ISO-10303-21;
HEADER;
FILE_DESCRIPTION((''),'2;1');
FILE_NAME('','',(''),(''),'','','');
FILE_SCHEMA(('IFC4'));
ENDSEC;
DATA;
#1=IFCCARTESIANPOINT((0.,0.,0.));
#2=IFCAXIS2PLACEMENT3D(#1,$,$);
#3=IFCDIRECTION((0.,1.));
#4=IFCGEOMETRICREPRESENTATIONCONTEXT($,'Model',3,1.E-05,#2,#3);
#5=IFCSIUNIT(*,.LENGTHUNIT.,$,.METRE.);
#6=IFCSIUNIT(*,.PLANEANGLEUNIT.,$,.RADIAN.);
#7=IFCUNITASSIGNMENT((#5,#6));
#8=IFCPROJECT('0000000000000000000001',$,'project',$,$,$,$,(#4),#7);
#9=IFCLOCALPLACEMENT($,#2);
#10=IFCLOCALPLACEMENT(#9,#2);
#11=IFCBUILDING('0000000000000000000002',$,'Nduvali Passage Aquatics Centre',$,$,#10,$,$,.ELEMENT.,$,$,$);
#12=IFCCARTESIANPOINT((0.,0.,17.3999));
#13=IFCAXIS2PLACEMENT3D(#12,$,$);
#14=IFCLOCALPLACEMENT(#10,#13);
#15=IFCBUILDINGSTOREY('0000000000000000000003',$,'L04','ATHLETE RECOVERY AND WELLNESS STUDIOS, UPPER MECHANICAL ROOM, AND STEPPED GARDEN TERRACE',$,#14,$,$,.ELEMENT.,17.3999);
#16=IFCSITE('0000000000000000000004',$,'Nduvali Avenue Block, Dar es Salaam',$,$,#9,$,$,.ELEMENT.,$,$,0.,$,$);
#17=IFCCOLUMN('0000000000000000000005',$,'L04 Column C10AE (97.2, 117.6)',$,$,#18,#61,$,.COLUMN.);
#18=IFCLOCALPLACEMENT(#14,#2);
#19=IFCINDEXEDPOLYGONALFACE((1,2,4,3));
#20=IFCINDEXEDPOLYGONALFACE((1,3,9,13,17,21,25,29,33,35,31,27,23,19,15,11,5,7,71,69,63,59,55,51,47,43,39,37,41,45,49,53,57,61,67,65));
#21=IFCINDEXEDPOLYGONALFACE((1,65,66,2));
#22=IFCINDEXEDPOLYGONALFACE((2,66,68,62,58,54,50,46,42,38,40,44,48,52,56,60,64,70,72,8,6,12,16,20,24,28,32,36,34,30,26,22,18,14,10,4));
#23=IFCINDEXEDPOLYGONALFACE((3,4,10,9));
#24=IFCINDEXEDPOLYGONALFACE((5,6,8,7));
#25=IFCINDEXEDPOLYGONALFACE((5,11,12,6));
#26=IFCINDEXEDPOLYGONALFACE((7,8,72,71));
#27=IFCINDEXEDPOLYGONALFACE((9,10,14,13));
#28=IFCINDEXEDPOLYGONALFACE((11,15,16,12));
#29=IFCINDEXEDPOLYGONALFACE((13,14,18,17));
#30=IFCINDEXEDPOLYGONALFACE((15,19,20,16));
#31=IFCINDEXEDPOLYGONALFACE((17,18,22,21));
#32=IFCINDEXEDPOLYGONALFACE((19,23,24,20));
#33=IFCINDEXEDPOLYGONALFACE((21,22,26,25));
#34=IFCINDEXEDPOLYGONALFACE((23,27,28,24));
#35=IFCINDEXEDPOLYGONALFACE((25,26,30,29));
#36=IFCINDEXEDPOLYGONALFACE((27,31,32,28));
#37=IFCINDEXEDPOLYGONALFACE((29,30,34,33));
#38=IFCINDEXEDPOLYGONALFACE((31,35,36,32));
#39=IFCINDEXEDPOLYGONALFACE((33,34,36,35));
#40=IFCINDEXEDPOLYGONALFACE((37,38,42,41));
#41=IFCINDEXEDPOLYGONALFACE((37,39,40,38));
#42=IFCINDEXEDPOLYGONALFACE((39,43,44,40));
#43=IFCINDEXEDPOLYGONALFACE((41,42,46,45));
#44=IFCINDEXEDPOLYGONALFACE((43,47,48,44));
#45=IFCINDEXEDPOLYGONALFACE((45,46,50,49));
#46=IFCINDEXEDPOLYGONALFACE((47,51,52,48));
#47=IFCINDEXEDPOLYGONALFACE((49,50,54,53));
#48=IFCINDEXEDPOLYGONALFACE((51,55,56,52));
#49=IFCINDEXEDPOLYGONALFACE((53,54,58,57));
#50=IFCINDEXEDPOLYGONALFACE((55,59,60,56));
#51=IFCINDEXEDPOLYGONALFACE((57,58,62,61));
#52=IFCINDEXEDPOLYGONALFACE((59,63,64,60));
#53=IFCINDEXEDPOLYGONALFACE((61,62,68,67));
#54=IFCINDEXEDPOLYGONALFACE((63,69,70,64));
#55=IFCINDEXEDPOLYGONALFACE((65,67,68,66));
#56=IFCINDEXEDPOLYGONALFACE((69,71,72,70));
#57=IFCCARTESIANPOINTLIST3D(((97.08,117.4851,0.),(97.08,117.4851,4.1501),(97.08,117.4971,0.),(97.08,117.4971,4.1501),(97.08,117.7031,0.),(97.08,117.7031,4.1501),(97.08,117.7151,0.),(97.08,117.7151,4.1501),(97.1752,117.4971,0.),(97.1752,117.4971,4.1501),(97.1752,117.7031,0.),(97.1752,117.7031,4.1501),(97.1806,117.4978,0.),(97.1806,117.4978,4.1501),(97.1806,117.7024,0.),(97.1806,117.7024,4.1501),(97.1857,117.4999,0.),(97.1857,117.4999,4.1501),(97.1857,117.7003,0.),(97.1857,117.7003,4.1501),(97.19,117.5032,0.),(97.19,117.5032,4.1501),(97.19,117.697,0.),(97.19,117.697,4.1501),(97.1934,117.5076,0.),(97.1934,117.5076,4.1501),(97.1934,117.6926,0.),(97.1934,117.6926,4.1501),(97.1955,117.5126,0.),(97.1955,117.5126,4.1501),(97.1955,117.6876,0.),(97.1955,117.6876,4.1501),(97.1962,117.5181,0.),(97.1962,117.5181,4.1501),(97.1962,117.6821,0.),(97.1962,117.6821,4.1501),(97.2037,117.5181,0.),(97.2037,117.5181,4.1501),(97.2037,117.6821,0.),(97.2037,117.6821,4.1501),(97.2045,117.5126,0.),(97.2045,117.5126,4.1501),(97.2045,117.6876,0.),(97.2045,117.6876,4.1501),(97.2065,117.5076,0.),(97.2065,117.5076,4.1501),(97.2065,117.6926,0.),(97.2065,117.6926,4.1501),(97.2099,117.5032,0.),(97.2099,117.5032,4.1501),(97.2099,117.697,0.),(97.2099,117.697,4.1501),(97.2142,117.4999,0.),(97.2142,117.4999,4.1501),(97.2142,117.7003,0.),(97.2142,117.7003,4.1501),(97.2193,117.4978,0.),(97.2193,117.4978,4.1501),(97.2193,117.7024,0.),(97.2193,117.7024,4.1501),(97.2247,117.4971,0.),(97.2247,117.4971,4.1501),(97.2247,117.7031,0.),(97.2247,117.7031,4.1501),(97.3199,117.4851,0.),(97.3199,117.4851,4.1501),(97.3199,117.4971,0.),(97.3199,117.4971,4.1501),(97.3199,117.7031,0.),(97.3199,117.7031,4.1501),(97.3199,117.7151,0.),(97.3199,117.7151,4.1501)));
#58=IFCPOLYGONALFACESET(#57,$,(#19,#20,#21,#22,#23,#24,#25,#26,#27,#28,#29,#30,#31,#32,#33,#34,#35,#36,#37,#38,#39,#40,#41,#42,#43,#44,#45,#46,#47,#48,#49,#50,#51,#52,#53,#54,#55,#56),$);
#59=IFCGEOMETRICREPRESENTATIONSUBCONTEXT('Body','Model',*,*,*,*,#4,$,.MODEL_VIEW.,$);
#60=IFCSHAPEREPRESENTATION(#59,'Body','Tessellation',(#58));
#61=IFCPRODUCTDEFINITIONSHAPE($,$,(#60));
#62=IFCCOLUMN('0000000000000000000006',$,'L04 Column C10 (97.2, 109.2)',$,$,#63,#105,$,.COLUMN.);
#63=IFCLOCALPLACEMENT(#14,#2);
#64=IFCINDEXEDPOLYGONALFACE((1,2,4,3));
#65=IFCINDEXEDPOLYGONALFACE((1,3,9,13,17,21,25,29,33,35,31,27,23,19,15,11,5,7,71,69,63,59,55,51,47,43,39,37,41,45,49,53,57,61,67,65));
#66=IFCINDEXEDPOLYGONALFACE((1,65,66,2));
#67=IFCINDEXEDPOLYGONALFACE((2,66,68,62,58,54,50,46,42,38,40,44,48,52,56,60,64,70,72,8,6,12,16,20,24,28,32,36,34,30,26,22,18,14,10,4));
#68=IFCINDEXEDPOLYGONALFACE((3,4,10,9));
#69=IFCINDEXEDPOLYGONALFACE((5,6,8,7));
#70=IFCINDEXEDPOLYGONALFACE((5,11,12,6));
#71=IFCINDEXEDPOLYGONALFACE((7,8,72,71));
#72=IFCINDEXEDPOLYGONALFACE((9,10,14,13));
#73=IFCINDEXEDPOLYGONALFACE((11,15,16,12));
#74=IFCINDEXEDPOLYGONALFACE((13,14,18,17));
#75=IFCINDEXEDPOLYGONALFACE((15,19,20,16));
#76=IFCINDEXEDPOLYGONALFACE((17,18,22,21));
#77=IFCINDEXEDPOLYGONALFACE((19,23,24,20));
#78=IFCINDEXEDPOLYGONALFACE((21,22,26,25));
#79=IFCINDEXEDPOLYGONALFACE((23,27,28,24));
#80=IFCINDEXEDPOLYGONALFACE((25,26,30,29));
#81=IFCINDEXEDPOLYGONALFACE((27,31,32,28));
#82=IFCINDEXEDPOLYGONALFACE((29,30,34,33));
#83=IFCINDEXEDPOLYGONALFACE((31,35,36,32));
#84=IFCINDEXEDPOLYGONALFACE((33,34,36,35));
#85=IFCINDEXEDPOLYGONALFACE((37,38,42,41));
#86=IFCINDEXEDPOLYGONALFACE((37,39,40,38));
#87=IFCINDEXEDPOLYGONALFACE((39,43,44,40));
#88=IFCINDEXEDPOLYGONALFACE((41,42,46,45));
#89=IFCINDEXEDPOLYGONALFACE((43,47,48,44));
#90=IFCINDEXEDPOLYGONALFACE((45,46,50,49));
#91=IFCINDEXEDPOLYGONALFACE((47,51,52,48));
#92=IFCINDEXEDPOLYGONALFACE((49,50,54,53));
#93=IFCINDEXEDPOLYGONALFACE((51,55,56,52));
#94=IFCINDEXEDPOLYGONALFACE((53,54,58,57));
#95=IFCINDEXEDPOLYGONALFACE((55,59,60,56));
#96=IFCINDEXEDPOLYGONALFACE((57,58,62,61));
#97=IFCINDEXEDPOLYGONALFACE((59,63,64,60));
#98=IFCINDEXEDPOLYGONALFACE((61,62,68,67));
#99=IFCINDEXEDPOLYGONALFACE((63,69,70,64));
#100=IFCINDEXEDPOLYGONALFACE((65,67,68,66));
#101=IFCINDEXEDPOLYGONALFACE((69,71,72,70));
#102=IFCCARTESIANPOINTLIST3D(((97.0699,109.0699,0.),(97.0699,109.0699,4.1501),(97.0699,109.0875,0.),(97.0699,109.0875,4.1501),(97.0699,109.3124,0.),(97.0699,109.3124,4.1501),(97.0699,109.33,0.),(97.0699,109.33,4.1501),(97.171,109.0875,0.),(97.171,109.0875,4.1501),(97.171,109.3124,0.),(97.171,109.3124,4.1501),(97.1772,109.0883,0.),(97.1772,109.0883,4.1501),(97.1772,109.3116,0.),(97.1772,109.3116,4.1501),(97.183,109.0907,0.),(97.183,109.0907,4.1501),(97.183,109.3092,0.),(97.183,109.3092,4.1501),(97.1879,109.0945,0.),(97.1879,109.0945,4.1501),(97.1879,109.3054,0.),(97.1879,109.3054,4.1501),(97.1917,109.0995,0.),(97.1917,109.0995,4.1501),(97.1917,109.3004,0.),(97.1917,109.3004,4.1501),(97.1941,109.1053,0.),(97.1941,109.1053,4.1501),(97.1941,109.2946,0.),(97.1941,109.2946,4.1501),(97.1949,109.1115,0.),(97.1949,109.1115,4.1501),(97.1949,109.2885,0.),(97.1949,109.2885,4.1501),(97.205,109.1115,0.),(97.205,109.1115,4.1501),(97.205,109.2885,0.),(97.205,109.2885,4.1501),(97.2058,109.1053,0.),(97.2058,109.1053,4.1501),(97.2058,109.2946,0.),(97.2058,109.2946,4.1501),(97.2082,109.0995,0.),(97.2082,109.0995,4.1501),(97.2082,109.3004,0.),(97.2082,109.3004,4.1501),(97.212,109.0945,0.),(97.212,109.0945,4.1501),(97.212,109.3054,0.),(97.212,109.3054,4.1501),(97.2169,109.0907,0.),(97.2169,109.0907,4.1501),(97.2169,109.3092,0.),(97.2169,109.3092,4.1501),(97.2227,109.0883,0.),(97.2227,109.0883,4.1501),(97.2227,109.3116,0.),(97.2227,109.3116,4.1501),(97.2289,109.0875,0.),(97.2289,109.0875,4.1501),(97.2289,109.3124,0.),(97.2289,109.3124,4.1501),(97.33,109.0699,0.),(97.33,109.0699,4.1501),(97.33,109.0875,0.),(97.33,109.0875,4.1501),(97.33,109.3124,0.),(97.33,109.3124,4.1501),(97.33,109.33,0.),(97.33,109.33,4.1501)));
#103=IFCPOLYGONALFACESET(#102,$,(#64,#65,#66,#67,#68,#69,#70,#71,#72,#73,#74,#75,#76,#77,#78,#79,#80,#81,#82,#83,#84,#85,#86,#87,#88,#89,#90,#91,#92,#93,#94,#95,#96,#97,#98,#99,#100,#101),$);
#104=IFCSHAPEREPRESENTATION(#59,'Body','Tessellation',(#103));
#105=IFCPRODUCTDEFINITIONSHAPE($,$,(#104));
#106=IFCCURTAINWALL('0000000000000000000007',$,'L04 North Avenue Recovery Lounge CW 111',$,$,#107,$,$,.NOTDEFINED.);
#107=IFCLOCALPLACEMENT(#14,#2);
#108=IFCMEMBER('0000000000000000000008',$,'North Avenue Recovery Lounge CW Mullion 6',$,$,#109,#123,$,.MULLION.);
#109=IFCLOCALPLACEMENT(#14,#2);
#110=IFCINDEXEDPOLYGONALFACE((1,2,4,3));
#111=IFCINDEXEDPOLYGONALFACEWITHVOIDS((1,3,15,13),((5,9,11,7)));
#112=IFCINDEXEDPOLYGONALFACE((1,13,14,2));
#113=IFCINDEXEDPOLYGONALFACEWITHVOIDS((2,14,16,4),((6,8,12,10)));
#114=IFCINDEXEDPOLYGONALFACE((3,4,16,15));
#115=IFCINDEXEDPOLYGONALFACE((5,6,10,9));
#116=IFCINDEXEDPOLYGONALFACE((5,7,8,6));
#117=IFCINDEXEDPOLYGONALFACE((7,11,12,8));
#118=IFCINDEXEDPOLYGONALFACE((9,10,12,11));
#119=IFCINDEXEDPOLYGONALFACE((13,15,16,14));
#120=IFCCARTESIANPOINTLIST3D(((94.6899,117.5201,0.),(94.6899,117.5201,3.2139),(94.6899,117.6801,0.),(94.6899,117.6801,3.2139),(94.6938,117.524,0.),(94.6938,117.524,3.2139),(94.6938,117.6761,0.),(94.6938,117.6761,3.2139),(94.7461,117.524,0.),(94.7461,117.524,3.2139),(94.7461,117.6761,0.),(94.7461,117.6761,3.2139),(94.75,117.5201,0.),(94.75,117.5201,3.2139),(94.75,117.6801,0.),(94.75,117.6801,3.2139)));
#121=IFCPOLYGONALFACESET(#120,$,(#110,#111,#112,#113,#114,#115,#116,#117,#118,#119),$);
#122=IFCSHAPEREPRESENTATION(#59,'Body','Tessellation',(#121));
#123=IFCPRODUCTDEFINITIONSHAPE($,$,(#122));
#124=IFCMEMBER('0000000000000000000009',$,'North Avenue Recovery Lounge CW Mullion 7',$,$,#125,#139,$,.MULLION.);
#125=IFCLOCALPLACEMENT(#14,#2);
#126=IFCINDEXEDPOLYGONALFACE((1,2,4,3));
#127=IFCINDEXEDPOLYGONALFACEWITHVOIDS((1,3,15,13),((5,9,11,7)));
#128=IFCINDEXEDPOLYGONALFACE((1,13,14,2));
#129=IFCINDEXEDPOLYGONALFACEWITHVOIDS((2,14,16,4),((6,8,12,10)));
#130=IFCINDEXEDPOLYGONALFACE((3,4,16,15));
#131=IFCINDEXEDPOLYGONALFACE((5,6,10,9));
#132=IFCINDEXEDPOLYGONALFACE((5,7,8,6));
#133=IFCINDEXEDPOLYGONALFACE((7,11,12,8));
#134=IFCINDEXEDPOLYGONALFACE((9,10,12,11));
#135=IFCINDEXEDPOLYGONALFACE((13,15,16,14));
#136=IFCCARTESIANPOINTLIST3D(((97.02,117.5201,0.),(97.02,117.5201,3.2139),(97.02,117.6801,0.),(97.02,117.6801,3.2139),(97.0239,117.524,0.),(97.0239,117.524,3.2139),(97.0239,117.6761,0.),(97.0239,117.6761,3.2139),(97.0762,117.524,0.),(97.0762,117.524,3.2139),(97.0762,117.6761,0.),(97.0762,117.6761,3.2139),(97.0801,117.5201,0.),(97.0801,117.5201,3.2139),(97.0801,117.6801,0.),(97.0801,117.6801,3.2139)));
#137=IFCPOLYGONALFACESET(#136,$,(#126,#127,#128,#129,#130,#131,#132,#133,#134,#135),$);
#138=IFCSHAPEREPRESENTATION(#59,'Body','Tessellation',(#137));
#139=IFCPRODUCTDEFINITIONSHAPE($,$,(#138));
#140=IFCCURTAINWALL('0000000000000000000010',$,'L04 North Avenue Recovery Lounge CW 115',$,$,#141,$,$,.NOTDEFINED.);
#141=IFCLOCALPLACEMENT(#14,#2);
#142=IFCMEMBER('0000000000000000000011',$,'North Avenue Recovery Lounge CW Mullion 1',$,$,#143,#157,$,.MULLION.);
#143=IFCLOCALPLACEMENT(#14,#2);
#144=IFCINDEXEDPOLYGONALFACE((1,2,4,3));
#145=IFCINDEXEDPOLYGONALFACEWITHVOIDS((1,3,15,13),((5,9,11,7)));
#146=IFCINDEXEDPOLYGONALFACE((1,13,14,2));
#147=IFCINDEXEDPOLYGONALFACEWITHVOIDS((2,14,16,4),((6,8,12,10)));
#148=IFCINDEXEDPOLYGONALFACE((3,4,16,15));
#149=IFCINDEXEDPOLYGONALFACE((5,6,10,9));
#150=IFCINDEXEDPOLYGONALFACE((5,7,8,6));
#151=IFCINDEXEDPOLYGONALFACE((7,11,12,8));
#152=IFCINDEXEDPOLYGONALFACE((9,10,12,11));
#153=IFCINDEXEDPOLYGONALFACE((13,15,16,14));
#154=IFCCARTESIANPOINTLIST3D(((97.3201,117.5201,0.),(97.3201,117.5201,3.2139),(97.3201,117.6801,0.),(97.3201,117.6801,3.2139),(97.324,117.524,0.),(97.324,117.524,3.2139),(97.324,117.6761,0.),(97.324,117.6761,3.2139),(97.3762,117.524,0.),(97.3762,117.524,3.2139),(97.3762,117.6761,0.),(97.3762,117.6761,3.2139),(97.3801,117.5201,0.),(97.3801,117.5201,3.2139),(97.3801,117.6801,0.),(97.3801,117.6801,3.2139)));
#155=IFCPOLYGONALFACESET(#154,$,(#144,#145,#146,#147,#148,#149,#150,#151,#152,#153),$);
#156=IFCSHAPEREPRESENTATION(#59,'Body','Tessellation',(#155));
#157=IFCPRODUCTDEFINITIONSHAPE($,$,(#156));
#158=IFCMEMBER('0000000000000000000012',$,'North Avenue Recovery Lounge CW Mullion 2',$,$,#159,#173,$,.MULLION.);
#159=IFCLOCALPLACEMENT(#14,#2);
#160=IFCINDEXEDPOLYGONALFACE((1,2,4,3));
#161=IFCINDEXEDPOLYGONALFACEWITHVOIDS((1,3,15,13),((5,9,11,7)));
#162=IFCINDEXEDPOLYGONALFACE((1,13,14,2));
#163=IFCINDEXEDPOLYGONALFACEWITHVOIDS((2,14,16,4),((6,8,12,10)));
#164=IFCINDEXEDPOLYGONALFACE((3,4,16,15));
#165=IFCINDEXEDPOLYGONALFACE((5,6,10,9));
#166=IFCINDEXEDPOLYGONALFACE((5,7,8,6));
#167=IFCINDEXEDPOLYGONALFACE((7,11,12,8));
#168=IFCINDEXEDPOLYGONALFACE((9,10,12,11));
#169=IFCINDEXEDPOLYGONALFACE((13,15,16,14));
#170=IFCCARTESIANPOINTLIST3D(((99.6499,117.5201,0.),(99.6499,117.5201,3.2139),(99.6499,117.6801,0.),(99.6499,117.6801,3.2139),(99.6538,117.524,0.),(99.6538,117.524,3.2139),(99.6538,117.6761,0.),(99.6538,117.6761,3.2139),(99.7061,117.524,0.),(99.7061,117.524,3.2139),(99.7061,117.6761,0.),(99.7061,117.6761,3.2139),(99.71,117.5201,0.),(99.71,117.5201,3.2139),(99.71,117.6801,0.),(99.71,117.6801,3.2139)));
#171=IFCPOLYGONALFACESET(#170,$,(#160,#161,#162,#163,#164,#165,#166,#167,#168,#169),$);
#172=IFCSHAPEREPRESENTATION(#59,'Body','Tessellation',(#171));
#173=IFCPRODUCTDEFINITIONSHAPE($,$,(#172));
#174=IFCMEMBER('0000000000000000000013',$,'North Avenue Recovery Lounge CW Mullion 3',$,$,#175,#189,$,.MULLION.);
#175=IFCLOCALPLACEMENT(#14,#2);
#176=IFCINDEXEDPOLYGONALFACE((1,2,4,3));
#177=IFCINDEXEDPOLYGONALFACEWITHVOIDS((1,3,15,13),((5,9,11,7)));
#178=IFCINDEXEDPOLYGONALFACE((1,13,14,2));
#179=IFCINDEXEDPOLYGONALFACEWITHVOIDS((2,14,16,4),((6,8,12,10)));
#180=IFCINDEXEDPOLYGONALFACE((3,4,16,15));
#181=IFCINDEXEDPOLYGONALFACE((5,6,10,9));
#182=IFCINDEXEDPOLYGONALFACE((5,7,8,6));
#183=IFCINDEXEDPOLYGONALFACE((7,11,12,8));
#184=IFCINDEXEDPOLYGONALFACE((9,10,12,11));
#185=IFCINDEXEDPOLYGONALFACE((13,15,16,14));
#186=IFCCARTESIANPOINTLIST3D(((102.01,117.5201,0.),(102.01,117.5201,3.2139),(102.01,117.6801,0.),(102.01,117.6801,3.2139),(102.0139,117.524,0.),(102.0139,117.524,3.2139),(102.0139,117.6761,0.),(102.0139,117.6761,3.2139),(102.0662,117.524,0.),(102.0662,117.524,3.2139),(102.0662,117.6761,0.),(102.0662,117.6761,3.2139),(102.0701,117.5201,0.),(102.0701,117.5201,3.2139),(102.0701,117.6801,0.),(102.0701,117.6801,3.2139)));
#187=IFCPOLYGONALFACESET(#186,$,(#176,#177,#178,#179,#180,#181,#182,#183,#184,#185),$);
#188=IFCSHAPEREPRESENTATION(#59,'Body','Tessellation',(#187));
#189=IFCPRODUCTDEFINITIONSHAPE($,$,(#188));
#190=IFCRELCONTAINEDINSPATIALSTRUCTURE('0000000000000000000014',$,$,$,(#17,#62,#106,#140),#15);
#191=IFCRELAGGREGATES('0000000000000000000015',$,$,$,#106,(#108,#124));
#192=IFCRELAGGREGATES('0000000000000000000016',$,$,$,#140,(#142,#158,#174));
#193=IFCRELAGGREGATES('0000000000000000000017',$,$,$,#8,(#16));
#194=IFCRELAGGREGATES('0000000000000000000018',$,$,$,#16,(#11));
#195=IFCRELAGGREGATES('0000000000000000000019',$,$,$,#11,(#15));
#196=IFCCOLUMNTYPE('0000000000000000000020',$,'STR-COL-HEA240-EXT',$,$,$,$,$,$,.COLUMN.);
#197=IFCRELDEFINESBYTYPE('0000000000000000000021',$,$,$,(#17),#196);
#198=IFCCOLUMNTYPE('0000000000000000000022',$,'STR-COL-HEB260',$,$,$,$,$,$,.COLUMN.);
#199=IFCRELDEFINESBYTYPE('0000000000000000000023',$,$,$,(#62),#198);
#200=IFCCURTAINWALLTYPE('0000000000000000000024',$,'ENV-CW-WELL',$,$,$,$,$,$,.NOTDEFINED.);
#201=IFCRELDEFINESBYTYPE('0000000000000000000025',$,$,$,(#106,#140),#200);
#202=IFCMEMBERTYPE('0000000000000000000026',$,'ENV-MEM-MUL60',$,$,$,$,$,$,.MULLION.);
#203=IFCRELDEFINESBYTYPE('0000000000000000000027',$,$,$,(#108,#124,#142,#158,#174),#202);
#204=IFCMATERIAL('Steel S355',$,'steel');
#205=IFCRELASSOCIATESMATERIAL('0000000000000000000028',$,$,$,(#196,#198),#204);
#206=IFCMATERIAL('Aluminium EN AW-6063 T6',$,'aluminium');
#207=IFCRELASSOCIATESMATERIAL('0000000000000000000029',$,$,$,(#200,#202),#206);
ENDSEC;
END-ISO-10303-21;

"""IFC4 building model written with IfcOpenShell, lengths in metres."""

from ifc_helpers import new_model, si_unit, direction, frame, origin, origin_2d, place, context, subcontext, project, spatial, hollow_rectangle, i_section, extrude, material, material_profile, profile_set, type_object, element, aggregate, save


model = new_model("IFC4")

# Units and contexts
model_context = context("Model", 3, precision=1e-05, world=origin(), true_north=direction((0.0, 1.0)))
body_context = subcontext(model_context, "Body", "Model", "MODEL_VIEW")
ifc_project = project(units=[si_unit("LENGTHUNIT", "METRE"), si_unit("PLANEANGLEUNIT", "RADIAN")], contexts=[model_context])

# Site, building, storey
site_placement = place(None, origin())
site = spatial("IfcSite", under=ifc_project, at=site_placement, Name="Nduvali Avenue Block, Dar es Salaam", CompositionType="ELEMENT", RefElevation=0.0)
building_placement = place(site_placement, origin())
building = spatial("IfcBuilding", under=site, at=building_placement, Name="Nduvali Passage Aquatics Centre", CompositionType="ELEMENT")
storey_placement = place(building_placement, frame((0.0, 0.0, 17.3999)))
storey = spatial("IfcBuildingStorey", under=building, at=storey_placement, Name="L04", Description="ATHLETE RECOVERY AND WELLNESS STUDIOS, UPPER MECHANICAL ROOM, AND STEPPED GARDEN TERRACE", CompositionType="ELEMENT", Elevation=17.3999)

# Columns
ifc_material_1 = material(Name="Steel S355", Category="steel")
ifc_material_profile_1 = material_profile(ifc_material_1, i_section(OverallWidth=0.24, OverallDepth=0.23, WebThickness=0.0076, FlangeThickness=0.012, FilletRadius=0.021, at=origin_2d()), Name="HEA 240")
ifc_profile_set_1 = profile_set([ifc_material_profile_1], Name="Steel S355")
column_type_1 = type_object("IfcColumnType", Name="STR-COL-HEA240-EXT", PredefinedType="COLUMN", material=ifc_profile_set_1)
column_1_placement = place(storey_placement, frame((97.2, 117.6001, 0.0), z_axis=(0.0, 0.0, 1.0), x_axis=(1.0, 0.0, 0.0)))
element("IfcColumn", 1, at=column_1_placement, inside=storey, type_object=column_type_1, Name="L04 Column C10AE (97.2, 117.6)", PredefinedType="COLUMN", context=body_context, shape_type="SweptSolid", body=[
    extrude(i_section(OverallWidth=0.24, OverallDepth=0.23, WebThickness=0.0076, FlangeThickness=0.012, FilletRadius=0.021, at=origin_2d()), origin(), (0.0, 0.0, 1.0), 4.1501),
])
ifc_material_profile_2 = material_profile(ifc_material_1, i_section(OverallWidth=0.26, OverallDepth=0.26, WebThickness=0.01, FlangeThickness=0.0176, FilletRadius=0.0239, at=origin_2d()), Name="HEB 260")
ifc_profile_set_2 = profile_set([ifc_material_profile_2], Name="Steel S355")
column_type_2 = type_object("IfcColumnType", Name="STR-COL-HEB260", PredefinedType="COLUMN", material=ifc_profile_set_2)
column_2_placement = place(storey_placement, frame((97.2, 109.2, 0.0), z_axis=(0.0, 0.0, 1.0), x_axis=(1.0, 0.0, 0.0)))
element("IfcColumn", 2, at=column_2_placement, inside=storey, type_object=column_type_2, Name="L04 Column C10 (97.2, 109.2)", PredefinedType="COLUMN", context=body_context, shape_type="SweptSolid", body=[
    extrude(i_section(OverallWidth=0.26, OverallDepth=0.26, WebThickness=0.01, FlangeThickness=0.0176, FilletRadius=0.0239, at=origin_2d()), origin(), (0.0, 0.0, 1.0), 4.1501),
])

# Curtain walls, members
ifc_material_2 = material(Name="Aluminium EN AW-6063 T6", Category="aluminium")
curtain_wall_type = type_object("IfcCurtainWallType", Name="ENV-CW-WELL", PredefinedType="NOTDEFINED", material=ifc_material_2)
curtain_wall_1_placement = place(storey_placement, origin())
curtain_wall_1 = element("IfcCurtainWall", 3, at=curtain_wall_1_placement, inside=storey, type_object=curtain_wall_type, Name="L04 North Avenue Recovery Lounge CW 111", PredefinedType="NOTDEFINED")
ifc_material_profile_3 = material_profile(ifc_material_2, hollow_rectangle(XDim=0.0601, YDim=0.1599, WallThickness=0.0039, at=origin_2d()), Name="ALU MULLION 60x160x4")
ifc_profile_set_3 = profile_set([ifc_material_profile_3], Name="Aluminium EN AW-6063 T6")
member_type_1 = type_object("IfcMemberType", Name="ENV-MEM-MUL60", PredefinedType="MULLION", material=ifc_profile_set_3)
member_1_placement = place(storey_placement, frame((94.72, 117.6001, 0.0), z_axis=(0.0, 0.0, 1.0), x_axis=(1.0, 0.0, 0.0)))
member_1 = element("IfcMember", 4, at=member_1_placement, type_object=member_type_1, Name="North Avenue Recovery Lounge CW Mullion 6", PredefinedType="MULLION", context=body_context, shape_type="SweptSolid", body=[
    extrude(hollow_rectangle(XDim=0.0601, YDim=0.1599, WallThickness=0.0039, at=origin_2d()), origin(), (0.0, 0.0, 1.0), 3.2139),
])
member_2_placement = place(storey_placement, frame((97.05, 117.6001, 0.0), z_axis=(0.0, 0.0, 1.0), x_axis=(1.0, 0.0, 0.0)))
member_2 = element("IfcMember", 5, at=member_2_placement, type_object=member_type_1, Name="North Avenue Recovery Lounge CW Mullion 7", PredefinedType="MULLION", context=body_context, shape_type="SweptSolid", body=[
    extrude(hollow_rectangle(XDim=0.0601, YDim=0.1599, WallThickness=0.0039, at=origin_2d()), origin(), (0.0, 0.0, 1.0), 3.2139),
])
curtain_wall_2_placement = place(storey_placement, origin())
curtain_wall_2 = element("IfcCurtainWall", 6, at=curtain_wall_2_placement, inside=storey, type_object=curtain_wall_type, Name="L04 North Avenue Recovery Lounge CW 115", PredefinedType="NOTDEFINED")
member_3_placement = place(storey_placement, frame((97.3501, 117.6001, 0.0), z_axis=(0.0, 0.0, 1.0), x_axis=(1.0, 0.0, 0.0)))
member_3 = element("IfcMember", 7, at=member_3_placement, type_object=member_type_1, Name="North Avenue Recovery Lounge CW Mullion 1", PredefinedType="MULLION", context=body_context, shape_type="SweptSolid", body=[
    extrude(hollow_rectangle(XDim=0.0601, YDim=0.1599, WallThickness=0.0039, at=origin_2d()), origin(), (0.0, 0.0, 1.0), 3.2139),
])
member_4_placement = place(storey_placement, frame((99.6799, 117.6001, 0.0), z_axis=(0.0, 0.0, 1.0), x_axis=(1.0, 0.0, 0.0)))
member_4 = element("IfcMember", 8, at=member_4_placement, type_object=member_type_1, Name="North Avenue Recovery Lounge CW Mullion 2", PredefinedType="MULLION", context=body_context, shape_type="SweptSolid", body=[
    extrude(hollow_rectangle(XDim=0.0601, YDim=0.1599, WallThickness=0.0039, at=origin_2d()), origin(), (0.0, 0.0, 1.0), 3.2139),
])
member_5_placement = place(storey_placement, frame((102.04, 117.6001, 0.0), z_axis=(0.0, 0.0, 1.0), x_axis=(1.0, 0.0, 0.0)))
member_5 = element("IfcMember", 9, at=member_5_placement, type_object=member_type_1, Name="North Avenue Recovery Lounge CW Mullion 3", PredefinedType="MULLION", context=body_context, shape_type="SweptSolid", body=[
    extrude(hollow_rectangle(XDim=0.0601, YDim=0.1599, WallThickness=0.0039, at=origin_2d()), origin(), (0.0, 0.0, 1.0), 3.2139),
])

aggregate(curtain_wall_1, [member_1, member_2])
aggregate(curtain_wall_2, [member_3, member_4, member_5])

save(model, "model.ifc")
